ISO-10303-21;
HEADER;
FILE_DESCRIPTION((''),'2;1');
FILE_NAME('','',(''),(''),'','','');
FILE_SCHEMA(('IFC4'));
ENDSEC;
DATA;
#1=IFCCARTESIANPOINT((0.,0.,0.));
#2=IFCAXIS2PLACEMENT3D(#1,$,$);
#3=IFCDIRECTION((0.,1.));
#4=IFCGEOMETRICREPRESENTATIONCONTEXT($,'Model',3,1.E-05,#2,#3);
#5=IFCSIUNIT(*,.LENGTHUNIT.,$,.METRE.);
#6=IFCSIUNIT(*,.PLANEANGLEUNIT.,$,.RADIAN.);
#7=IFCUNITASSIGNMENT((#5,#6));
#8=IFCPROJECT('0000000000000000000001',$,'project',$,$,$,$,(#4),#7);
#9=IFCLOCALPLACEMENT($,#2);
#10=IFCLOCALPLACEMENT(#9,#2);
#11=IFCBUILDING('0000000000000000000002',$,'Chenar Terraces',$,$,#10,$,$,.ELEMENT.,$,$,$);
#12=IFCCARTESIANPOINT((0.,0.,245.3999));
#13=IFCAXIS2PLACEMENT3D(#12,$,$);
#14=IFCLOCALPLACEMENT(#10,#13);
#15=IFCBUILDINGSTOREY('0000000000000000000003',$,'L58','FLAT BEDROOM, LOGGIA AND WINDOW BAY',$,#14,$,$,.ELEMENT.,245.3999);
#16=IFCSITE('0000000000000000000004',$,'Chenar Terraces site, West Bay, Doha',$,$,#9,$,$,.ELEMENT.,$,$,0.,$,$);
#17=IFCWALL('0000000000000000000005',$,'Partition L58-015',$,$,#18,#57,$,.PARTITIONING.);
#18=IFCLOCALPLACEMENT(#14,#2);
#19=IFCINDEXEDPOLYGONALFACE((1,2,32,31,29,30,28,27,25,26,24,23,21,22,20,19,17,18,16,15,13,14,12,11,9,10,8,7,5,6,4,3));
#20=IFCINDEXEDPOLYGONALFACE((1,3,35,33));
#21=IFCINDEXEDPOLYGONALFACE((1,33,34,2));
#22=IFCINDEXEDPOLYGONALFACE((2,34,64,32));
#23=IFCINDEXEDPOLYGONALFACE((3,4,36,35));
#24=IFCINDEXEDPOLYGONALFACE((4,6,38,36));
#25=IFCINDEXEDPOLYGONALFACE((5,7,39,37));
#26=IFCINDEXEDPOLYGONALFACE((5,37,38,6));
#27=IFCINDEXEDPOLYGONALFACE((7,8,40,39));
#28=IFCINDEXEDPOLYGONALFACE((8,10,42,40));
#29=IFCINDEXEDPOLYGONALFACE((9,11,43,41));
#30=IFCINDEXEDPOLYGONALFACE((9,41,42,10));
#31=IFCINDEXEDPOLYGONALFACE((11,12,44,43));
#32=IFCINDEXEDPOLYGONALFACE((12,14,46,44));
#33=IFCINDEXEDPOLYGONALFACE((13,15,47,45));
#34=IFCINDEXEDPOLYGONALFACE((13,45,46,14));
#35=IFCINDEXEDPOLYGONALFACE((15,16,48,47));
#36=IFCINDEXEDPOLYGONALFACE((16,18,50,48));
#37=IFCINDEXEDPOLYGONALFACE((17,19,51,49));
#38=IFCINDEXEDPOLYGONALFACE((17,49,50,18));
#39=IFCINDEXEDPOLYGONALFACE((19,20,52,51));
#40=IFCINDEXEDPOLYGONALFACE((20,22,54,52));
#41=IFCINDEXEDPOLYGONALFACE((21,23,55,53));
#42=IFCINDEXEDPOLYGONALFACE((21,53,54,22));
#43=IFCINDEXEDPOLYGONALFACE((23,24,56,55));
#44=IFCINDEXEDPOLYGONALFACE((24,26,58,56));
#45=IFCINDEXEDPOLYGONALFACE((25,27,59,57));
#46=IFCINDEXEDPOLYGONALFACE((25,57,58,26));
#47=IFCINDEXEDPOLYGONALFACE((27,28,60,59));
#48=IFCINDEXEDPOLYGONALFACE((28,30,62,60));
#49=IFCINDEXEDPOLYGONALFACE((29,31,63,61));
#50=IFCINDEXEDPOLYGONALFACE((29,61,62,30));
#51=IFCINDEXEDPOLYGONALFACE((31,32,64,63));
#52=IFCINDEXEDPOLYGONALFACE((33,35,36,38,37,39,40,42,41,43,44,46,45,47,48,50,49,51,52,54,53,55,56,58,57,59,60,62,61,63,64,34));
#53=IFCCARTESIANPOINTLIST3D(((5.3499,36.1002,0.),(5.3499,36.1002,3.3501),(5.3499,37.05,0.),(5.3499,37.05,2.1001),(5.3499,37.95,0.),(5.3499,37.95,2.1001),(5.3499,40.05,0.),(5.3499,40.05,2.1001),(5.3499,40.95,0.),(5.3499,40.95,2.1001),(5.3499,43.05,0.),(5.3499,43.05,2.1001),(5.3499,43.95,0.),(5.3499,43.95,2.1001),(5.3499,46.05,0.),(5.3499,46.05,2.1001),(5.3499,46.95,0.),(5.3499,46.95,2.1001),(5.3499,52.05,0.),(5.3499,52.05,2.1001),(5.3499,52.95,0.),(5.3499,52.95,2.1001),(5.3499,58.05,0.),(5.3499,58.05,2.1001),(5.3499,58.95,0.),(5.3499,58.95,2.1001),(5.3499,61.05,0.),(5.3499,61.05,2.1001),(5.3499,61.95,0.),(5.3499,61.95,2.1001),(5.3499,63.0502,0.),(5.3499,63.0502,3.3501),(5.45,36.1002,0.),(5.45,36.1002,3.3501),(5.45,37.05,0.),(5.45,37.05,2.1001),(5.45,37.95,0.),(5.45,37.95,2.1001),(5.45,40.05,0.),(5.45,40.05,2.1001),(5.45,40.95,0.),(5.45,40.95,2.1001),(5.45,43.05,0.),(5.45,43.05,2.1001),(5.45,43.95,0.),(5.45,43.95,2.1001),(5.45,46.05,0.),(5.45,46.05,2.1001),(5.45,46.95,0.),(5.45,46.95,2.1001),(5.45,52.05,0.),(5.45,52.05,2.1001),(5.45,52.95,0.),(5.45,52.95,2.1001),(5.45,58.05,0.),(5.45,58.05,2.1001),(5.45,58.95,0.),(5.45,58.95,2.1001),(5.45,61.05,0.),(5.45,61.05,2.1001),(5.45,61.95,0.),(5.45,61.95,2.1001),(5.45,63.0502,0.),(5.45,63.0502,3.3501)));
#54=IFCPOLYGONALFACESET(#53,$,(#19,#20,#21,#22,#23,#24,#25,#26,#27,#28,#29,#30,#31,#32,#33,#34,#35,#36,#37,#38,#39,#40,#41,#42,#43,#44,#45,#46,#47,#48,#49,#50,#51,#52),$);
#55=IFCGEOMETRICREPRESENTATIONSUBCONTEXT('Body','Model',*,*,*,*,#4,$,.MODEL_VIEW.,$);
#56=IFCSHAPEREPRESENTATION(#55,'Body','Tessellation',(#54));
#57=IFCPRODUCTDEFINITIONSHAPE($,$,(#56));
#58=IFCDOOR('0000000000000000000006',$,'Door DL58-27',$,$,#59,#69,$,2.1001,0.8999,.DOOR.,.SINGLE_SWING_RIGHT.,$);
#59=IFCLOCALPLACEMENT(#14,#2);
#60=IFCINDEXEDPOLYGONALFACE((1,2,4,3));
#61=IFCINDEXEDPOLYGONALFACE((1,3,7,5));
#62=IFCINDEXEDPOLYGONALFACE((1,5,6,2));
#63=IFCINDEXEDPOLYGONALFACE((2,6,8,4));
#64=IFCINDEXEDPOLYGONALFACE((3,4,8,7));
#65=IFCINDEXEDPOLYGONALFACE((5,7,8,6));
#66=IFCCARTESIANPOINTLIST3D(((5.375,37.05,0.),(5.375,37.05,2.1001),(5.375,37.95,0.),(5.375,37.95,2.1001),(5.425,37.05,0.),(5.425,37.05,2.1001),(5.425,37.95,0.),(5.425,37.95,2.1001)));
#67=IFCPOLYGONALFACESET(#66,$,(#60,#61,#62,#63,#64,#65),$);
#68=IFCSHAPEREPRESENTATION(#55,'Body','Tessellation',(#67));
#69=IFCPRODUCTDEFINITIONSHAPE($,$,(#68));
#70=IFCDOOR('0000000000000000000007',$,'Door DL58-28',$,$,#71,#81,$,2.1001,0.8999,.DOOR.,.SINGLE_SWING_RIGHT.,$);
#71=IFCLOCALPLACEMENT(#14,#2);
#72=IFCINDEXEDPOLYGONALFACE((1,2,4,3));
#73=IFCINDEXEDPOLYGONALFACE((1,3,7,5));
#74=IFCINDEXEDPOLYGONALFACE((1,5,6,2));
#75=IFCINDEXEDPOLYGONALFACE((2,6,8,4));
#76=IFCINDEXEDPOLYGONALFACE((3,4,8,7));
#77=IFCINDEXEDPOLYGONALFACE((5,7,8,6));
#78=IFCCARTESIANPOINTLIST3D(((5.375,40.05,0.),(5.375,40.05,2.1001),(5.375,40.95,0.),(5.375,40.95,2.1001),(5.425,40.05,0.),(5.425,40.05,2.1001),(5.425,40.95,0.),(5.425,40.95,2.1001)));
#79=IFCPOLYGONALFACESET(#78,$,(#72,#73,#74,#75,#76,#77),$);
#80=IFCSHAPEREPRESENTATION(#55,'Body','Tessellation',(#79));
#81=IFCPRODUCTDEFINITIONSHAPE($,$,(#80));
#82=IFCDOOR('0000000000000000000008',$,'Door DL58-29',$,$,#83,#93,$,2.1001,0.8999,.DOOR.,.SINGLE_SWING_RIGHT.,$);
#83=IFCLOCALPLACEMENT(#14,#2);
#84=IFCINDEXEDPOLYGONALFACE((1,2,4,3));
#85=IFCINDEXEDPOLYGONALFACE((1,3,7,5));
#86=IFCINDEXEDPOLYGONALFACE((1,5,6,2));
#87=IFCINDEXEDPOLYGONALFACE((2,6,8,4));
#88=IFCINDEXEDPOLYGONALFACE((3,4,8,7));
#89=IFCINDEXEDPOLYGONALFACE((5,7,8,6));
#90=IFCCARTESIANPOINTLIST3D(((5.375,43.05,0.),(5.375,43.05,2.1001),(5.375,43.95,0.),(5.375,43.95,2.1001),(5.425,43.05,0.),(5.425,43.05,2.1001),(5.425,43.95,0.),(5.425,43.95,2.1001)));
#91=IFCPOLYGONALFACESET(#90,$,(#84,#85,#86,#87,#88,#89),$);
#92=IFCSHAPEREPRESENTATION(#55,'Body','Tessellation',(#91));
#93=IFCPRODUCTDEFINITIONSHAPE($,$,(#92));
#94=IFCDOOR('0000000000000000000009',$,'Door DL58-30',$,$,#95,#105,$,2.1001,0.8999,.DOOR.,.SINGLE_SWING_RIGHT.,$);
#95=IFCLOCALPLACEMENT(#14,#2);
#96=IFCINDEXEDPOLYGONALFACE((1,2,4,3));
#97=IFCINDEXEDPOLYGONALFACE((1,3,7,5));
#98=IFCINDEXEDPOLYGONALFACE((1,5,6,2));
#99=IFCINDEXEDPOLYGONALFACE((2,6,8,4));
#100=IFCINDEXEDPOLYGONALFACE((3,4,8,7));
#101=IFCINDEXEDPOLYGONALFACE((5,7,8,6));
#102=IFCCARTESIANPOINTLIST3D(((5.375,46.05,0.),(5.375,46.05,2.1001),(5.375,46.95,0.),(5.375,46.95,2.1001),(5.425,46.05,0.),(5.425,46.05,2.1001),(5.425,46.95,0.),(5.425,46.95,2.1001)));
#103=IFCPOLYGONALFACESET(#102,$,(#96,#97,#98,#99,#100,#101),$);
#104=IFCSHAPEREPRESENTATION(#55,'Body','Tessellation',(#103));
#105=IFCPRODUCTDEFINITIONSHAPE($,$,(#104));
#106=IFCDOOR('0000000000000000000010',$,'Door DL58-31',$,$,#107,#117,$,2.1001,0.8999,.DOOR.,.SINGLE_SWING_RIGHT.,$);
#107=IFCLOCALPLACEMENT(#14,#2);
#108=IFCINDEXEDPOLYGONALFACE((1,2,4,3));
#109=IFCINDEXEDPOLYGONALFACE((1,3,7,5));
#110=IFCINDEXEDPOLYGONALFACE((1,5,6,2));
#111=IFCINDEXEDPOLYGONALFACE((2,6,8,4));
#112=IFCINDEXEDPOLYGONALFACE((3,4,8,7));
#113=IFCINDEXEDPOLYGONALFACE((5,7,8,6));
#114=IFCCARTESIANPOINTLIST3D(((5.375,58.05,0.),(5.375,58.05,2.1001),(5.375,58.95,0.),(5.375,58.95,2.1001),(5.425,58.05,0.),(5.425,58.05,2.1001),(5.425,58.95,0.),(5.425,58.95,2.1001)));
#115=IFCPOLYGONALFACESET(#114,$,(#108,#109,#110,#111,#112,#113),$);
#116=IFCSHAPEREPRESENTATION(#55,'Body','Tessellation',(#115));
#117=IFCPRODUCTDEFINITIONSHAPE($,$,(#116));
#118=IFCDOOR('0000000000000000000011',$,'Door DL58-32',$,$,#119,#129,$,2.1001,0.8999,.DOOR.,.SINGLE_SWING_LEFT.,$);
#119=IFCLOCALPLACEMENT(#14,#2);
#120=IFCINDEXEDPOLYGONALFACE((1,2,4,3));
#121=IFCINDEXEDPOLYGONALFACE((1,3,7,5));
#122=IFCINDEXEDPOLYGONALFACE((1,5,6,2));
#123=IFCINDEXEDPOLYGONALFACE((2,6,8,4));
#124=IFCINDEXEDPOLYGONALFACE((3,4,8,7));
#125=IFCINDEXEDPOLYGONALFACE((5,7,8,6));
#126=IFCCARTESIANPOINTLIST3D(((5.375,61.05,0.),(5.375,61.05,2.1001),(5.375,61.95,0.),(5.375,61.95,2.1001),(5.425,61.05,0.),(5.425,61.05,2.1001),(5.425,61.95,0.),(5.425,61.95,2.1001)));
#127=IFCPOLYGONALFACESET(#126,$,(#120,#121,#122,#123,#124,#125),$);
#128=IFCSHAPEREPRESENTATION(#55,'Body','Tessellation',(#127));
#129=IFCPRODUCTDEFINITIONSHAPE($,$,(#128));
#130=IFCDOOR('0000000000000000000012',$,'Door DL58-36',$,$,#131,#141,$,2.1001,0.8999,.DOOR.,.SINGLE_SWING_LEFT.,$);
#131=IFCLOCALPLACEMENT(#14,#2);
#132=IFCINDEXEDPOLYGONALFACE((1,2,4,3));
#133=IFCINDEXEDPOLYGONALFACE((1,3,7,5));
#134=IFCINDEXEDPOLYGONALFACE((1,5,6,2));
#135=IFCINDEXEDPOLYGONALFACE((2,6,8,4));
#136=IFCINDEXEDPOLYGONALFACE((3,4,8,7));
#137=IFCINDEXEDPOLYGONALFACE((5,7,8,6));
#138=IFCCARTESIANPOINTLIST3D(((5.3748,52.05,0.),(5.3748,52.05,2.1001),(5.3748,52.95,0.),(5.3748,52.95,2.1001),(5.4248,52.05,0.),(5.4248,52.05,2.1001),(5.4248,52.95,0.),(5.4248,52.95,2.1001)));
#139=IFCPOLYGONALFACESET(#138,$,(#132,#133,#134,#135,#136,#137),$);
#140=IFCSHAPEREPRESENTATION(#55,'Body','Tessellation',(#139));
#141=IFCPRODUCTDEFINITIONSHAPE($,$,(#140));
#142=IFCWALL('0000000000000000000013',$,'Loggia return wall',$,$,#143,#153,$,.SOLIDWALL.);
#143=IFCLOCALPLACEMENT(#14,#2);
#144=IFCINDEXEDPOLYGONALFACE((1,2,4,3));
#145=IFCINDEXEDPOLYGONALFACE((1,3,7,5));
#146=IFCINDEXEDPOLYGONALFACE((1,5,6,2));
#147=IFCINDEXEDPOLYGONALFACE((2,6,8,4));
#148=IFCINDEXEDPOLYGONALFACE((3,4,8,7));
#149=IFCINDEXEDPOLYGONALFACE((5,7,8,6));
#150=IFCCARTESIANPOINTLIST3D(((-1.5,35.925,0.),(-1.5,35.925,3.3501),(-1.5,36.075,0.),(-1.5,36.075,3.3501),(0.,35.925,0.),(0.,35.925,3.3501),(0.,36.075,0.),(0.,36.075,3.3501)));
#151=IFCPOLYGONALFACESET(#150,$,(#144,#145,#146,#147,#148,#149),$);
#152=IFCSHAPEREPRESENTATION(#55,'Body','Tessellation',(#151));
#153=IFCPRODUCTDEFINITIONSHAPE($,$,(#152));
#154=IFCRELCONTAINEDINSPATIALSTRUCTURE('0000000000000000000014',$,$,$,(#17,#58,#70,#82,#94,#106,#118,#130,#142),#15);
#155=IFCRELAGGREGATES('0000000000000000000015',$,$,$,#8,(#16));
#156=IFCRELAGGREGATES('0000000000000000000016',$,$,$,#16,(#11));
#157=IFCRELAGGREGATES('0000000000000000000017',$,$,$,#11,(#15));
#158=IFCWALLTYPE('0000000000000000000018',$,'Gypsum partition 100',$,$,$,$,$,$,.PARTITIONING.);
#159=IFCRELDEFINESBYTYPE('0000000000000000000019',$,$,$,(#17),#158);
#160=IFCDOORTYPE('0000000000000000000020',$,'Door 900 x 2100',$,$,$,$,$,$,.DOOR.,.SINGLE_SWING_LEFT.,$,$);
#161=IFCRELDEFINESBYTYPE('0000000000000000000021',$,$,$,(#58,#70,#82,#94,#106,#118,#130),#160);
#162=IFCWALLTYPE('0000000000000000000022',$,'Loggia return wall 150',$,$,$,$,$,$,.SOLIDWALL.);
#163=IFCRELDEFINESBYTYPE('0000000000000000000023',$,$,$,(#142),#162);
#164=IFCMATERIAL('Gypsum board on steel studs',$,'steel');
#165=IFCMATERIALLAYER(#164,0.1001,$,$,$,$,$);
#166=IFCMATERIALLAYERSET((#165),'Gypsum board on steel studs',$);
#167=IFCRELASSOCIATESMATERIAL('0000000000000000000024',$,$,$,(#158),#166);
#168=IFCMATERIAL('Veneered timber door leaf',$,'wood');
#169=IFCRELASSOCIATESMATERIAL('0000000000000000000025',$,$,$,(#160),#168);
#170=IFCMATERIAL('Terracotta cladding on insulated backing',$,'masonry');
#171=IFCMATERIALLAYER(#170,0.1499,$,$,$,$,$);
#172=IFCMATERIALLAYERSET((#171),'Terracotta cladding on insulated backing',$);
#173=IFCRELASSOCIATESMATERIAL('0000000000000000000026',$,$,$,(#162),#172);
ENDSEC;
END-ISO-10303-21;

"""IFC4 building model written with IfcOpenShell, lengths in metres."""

from ifc_helpers import new_model, si_unit, direction, frame, frame_2d, origin, place, context, subcontext, project, spatial, rectangle, extrude, material, layer, layer_set, type_object, element, fill, save


model = new_model("IFC4")

# Units and contexts
model_context = context("Model", 3, precision=1e-05, world=origin(), true_north=direction((0.0, 1.0)))
body_context = subcontext(model_context, "Body", "Model", "MODEL_VIEW")
ifc_project = project(units=[si_unit("LENGTHUNIT", "METRE"), si_unit("PLANEANGLEUNIT", "RADIAN")], contexts=[model_context])

# Site, building, storey
site_placement = place(None, origin())
site = spatial("IfcSite", under=ifc_project, at=site_placement, Name="Chenar Terraces site, West Bay, Doha", CompositionType="ELEMENT", RefElevation=0.0)
building_placement = place(site_placement, origin())
building = spatial("IfcBuilding", under=site, at=building_placement, Name="Chenar Terraces", CompositionType="ELEMENT")
storey_placement = place(building_placement, frame((0.0, 0.0, 245.3999)))
storey = spatial("IfcBuildingStorey", under=building, at=storey_placement, Name="L58", Description="FLAT BEDROOM, LOGGIA AND WINDOW BAY", CompositionType="ELEMENT", Elevation=245.3999)

# Shared definitions
ifc_material_1 = material(Name="Gypsum board on steel studs", Category="steel")
ifc_layer_1 = layer(ifc_material_1, 0.1001)
ifc_layer_set_1 = layer_set([ifc_layer_1], Name="Gypsum board on steel studs")
wall_type_1 = type_object("IfcWallType", Name="Gypsum partition 100", PredefinedType="PARTITIONING", material=ifc_layer_set_1)

# Wall, openings, doors
wall_1_placement = place(storey_placement, frame((5.3999, 36.1001, 0.0), z_axis=(0.0, 0.0, 1.0), x_axis=(0.0, 1.0, 0.0)))
wall_1 = element("IfcWall", 1, at=wall_1_placement, inside=storey, type_object=wall_type_1, Name="Partition L58-015", PredefinedType="PARTITIONING", context=body_context, shape_type="SweptSolid", body=[
    extrude(rectangle(XDim=26.95, YDim=0.1001, at=frame_2d((13.4751, 0.0))), origin(), (0.0, 0.0, 1.0), 3.3501),
])
opening_1_placement = place(wall_1_placement, frame((0.95, 0.0, 0.0)))
opening_1 = element("IfcOpeningElement", 2, at=opening_1_placement, cuts=wall_1, PredefinedType="OPENING", context=body_context, shape_type="SweptSolid", body=[
    extrude(rectangle(XDim=0.8999, YDim=2.1001, at=frame_2d((0.45, 1.05))), frame((0.0, 0.0601, 0.0), z_axis=(0.0, -1.0, 0.0), x_axis=(1.0, 0.0, 0.0)), (0.0, 0.0, 1.0), 0.1201),
])
opening_2_placement = place(wall_1_placement, frame((3.95, 0.0, 0.0)))
opening_2 = element("IfcOpeningElement", 3, at=opening_2_placement, cuts=wall_1, PredefinedType="OPENING", context=body_context, shape_type="SweptSolid", body=[
    extrude(rectangle(XDim=0.8999, YDim=2.1001, at=frame_2d((0.45, 1.05))), frame((0.0, 0.0601, 0.0), z_axis=(0.0, -1.0, 0.0), x_axis=(1.0, 0.0, 0.0)), (0.0, 0.0, 1.0), 0.1201),
])
opening_3_placement = place(wall_1_placement, frame((6.95, 0.0, 0.0)))
opening_3 = element("IfcOpeningElement", 4, at=opening_3_placement, cuts=wall_1, PredefinedType="OPENING", context=body_context, shape_type="SweptSolid", body=[
    extrude(rectangle(XDim=0.8999, YDim=2.1001, at=frame_2d((0.45, 1.05))), frame((0.0, 0.0601, 0.0), z_axis=(0.0, -1.0, 0.0), x_axis=(1.0, 0.0, 0.0)), (0.0, 0.0, 1.0), 0.1201),
])
opening_4_placement = place(wall_1_placement, frame((9.95, 0.0, 0.0)))
opening_4 = element("IfcOpeningElement", 5, at=opening_4_placement, cuts=wall_1, PredefinedType="OPENING", context=body_context, shape_type="SweptSolid", body=[
    extrude(rectangle(XDim=0.8999, YDim=2.1001, at=frame_2d((0.45, 1.05))), frame((0.0, 0.0601, 0.0), z_axis=(0.0, -1.0, 0.0), x_axis=(1.0, 0.0, 0.0)), (0.0, 0.0, 1.0), 0.1201),
])
opening_5_placement = place(wall_1_placement, frame((21.95, 0.0, 0.0)))
opening_5 = element("IfcOpeningElement", 6, at=opening_5_placement, cuts=wall_1, PredefinedType="OPENING", context=body_context, shape_type="SweptSolid", body=[
    extrude(rectangle(XDim=0.8999, YDim=2.1001, at=frame_2d((0.45, 1.05))), frame((0.0, 0.0601, 0.0), z_axis=(0.0, -1.0, 0.0), x_axis=(1.0, 0.0, 0.0)), (0.0, 0.0, 1.0), 0.1201),
])
opening_6_placement = place(wall_1_placement, frame((24.95, 0.0, 0.0)))
opening_6 = element("IfcOpeningElement", 7, at=opening_6_placement, cuts=wall_1, PredefinedType="OPENING", context=body_context, shape_type="SweptSolid", body=[
    extrude(rectangle(XDim=0.8999, YDim=2.1001, at=frame_2d((0.45, 1.05))), frame((0.0, 0.0601, 0.0), z_axis=(0.0, -1.0, 0.0), x_axis=(1.0, 0.0, 0.0)), (0.0, 0.0, 1.0), 0.1201),
])
opening_7_placement = place(wall_1_placement, frame((15.95, 0.0, 0.0)))
opening_7 = element("IfcOpeningElement", 8, at=opening_7_placement, cuts=wall_1, PredefinedType="OPENING", context=body_context, shape_type="SweptSolid", body=[
    extrude(rectangle(XDim=0.8999, YDim=2.1001, at=frame_2d((0.45, 1.05))), frame((0.0, 0.0601, 0.0), z_axis=(0.0, -1.0, 0.0), x_axis=(1.0, 0.0, 0.0)), (0.0, 0.0, 1.0), 0.1201),
])
ifc_material_2 = material(Name="Veneered timber door leaf", Category="wood")
door_type_1 = type_object("IfcDoorType", Name="Door 900 x 2100", OperationType="SINGLE_SWING_LEFT", PredefinedType="DOOR", material=ifc_material_2)
door_1_placement = place(opening_1_placement, origin())
door_1 = element("IfcDoor", 9, at=door_1_placement, inside=storey, type_object=door_type_1, Name="Door DL58-27", OperationType="SINGLE_SWING_RIGHT", OverallHeight=2.1001, OverallWidth=0.8999, PredefinedType="DOOR", context=body_context, shape_type="SweptSolid", body=[
    extrude(rectangle(XDim=0.8999, YDim=2.1001, at=frame_2d((0.45, 1.05))), frame((0.0, 0.0249, 0.0), z_axis=(0.0, -1.0, 0.0), x_axis=(1.0, 0.0, 0.0)), (0.0, 0.0, 1.0), 0.05),
])
fill(opening_1, door_1)
door_2_placement = place(opening_2_placement, origin())
door_2 = element("IfcDoor", 10, at=door_2_placement, inside=storey, type_object=door_type_1, Name="Door DL58-28", OperationType="SINGLE_SWING_RIGHT", OverallHeight=2.1001, OverallWidth=0.8999, PredefinedType="DOOR", context=body_context, shape_type="SweptSolid", body=[
    extrude(rectangle(XDim=0.8999, YDim=2.1001, at=frame_2d((0.45, 1.05))), frame((0.0, 0.0249, 0.0), z_axis=(0.0, -1.0, 0.0), x_axis=(1.0, 0.0, 0.0)), (0.0, 0.0, 1.0), 0.05),
])
fill(opening_2, door_2)
door_3_placement = place(opening_3_placement, origin())
door_3 = element("IfcDoor", 11, at=door_3_placement, inside=storey, type_object=door_type_1, Name="Door DL58-29", OperationType="SINGLE_SWING_RIGHT", OverallHeight=2.1001, OverallWidth=0.8999, PredefinedType="DOOR", context=body_context, shape_type="SweptSolid", body=[
    extrude(rectangle(XDim=0.8999, YDim=2.1001, at=frame_2d((0.45, 1.05))), frame((0.0, 0.0249, 0.0), z_axis=(0.0, -1.0, 0.0), x_axis=(1.0, 0.0, 0.0)), (0.0, 0.0, 1.0), 0.05),
])
fill(opening_3, door_3)
door_4_placement = place(opening_4_placement, origin())
door_4 = element("IfcDoor", 12, at=door_4_placement, inside=storey, type_object=door_type_1, Name="Door DL58-30", OperationType="SINGLE_SWING_RIGHT", OverallHeight=2.1001, OverallWidth=0.8999, PredefinedType="DOOR", context=body_context, shape_type="SweptSolid", body=[
    extrude(rectangle(XDim=0.8999, YDim=2.1001, at=frame_2d((0.45, 1.05))), frame((0.0, 0.0249, 0.0), z_axis=(0.0, -1.0, 0.0), x_axis=(1.0, 0.0, 0.0)), (0.0, 0.0, 1.0), 0.05),
])
fill(opening_4, door_4)
door_5_placement = place(opening_5_placement, origin())
door_5 = element("IfcDoor", 13, at=door_5_placement, inside=storey, type_object=door_type_1, Name="Door DL58-31", OperationType="SINGLE_SWING_RIGHT", OverallHeight=2.1001, OverallWidth=0.8999, PredefinedType="DOOR", context=body_context, shape_type="SweptSolid", body=[
    extrude(rectangle(XDim=0.8999, YDim=2.1001, at=frame_2d((0.45, 1.05))), frame((0.0, 0.0249, 0.0), z_axis=(0.0, -1.0, 0.0), x_axis=(1.0, 0.0, 0.0)), (0.0, 0.0, 1.0), 0.05),
])
fill(opening_5, door_5)
door_6_placement = place(opening_6_placement, origin())
door_6 = element("IfcDoor", 14, at=door_6_placement, inside=storey, type_object=door_type_1, Name="Door DL58-32", OperationType="SINGLE_SWING_LEFT", OverallHeight=2.1001, OverallWidth=0.8999, PredefinedType="DOOR", context=body_context, shape_type="SweptSolid", body=[
    extrude(rectangle(XDim=0.8999, YDim=2.1001, at=frame_2d((0.45, 1.05))), frame((0.0, 0.0249, 0.0), z_axis=(0.0, -1.0, 0.0), x_axis=(1.0, 0.0, 0.0)), (0.0, 0.0, 1.0), 0.05),
])
fill(opening_6, door_6)
door_7_placement = place(opening_7_placement, frame((0.8999, 0.0, 0.0), z_axis=(0.0, 0.0, 1.0), x_axis=(-1.0, 0.0, 0.0)))
door_7 = element("IfcDoor", 15, at=door_7_placement, inside=storey, type_object=door_type_1, Name="Door DL58-36", OperationType="SINGLE_SWING_LEFT", OverallHeight=2.1001, OverallWidth=0.8999, PredefinedType="DOOR", context=body_context, shape_type="SweptSolid", body=[
    extrude(rectangle(XDim=0.8999, YDim=2.1001, at=frame_2d((0.45, 1.05))), frame((0.0, 0.0249, 0.0), z_axis=(0.0, -1.0, 0.0), x_axis=(1.0, 0.0, 0.0)), (0.0, 0.0, 1.0), 0.05),
])
fill(opening_7, door_7)

# Wall
ifc_material_3 = material(Name="Terracotta cladding on insulated backing", Category="masonry")
ifc_layer_2 = layer(ifc_material_3, 0.1499)
ifc_layer_set_2 = layer_set([ifc_layer_2], Name="Terracotta cladding on insulated backing")
wall_type_2 = type_object("IfcWallType", Name="Loggia return wall 150", PredefinedType="SOLIDWALL", material=ifc_layer_set_2)
wall_2_placement = place(storey_placement, frame((-1.5, 36.0, 0.0), z_axis=(0.0, 0.0, 1.0), x_axis=(1.0, 0.0, 0.0)))
element("IfcWall", 16, at=wall_2_placement, inside=storey, type_object=wall_type_2, Name="Loggia return wall", PredefinedType="SOLIDWALL", context=body_context, shape_type="SweptSolid", body=[
    extrude(rectangle(XDim=1.5, YDim=0.1499, at=frame_2d((0.75, 0.0))), origin(), (0.0, 0.0, 1.0), 3.3501),
])

save(model, "model.ifc")
